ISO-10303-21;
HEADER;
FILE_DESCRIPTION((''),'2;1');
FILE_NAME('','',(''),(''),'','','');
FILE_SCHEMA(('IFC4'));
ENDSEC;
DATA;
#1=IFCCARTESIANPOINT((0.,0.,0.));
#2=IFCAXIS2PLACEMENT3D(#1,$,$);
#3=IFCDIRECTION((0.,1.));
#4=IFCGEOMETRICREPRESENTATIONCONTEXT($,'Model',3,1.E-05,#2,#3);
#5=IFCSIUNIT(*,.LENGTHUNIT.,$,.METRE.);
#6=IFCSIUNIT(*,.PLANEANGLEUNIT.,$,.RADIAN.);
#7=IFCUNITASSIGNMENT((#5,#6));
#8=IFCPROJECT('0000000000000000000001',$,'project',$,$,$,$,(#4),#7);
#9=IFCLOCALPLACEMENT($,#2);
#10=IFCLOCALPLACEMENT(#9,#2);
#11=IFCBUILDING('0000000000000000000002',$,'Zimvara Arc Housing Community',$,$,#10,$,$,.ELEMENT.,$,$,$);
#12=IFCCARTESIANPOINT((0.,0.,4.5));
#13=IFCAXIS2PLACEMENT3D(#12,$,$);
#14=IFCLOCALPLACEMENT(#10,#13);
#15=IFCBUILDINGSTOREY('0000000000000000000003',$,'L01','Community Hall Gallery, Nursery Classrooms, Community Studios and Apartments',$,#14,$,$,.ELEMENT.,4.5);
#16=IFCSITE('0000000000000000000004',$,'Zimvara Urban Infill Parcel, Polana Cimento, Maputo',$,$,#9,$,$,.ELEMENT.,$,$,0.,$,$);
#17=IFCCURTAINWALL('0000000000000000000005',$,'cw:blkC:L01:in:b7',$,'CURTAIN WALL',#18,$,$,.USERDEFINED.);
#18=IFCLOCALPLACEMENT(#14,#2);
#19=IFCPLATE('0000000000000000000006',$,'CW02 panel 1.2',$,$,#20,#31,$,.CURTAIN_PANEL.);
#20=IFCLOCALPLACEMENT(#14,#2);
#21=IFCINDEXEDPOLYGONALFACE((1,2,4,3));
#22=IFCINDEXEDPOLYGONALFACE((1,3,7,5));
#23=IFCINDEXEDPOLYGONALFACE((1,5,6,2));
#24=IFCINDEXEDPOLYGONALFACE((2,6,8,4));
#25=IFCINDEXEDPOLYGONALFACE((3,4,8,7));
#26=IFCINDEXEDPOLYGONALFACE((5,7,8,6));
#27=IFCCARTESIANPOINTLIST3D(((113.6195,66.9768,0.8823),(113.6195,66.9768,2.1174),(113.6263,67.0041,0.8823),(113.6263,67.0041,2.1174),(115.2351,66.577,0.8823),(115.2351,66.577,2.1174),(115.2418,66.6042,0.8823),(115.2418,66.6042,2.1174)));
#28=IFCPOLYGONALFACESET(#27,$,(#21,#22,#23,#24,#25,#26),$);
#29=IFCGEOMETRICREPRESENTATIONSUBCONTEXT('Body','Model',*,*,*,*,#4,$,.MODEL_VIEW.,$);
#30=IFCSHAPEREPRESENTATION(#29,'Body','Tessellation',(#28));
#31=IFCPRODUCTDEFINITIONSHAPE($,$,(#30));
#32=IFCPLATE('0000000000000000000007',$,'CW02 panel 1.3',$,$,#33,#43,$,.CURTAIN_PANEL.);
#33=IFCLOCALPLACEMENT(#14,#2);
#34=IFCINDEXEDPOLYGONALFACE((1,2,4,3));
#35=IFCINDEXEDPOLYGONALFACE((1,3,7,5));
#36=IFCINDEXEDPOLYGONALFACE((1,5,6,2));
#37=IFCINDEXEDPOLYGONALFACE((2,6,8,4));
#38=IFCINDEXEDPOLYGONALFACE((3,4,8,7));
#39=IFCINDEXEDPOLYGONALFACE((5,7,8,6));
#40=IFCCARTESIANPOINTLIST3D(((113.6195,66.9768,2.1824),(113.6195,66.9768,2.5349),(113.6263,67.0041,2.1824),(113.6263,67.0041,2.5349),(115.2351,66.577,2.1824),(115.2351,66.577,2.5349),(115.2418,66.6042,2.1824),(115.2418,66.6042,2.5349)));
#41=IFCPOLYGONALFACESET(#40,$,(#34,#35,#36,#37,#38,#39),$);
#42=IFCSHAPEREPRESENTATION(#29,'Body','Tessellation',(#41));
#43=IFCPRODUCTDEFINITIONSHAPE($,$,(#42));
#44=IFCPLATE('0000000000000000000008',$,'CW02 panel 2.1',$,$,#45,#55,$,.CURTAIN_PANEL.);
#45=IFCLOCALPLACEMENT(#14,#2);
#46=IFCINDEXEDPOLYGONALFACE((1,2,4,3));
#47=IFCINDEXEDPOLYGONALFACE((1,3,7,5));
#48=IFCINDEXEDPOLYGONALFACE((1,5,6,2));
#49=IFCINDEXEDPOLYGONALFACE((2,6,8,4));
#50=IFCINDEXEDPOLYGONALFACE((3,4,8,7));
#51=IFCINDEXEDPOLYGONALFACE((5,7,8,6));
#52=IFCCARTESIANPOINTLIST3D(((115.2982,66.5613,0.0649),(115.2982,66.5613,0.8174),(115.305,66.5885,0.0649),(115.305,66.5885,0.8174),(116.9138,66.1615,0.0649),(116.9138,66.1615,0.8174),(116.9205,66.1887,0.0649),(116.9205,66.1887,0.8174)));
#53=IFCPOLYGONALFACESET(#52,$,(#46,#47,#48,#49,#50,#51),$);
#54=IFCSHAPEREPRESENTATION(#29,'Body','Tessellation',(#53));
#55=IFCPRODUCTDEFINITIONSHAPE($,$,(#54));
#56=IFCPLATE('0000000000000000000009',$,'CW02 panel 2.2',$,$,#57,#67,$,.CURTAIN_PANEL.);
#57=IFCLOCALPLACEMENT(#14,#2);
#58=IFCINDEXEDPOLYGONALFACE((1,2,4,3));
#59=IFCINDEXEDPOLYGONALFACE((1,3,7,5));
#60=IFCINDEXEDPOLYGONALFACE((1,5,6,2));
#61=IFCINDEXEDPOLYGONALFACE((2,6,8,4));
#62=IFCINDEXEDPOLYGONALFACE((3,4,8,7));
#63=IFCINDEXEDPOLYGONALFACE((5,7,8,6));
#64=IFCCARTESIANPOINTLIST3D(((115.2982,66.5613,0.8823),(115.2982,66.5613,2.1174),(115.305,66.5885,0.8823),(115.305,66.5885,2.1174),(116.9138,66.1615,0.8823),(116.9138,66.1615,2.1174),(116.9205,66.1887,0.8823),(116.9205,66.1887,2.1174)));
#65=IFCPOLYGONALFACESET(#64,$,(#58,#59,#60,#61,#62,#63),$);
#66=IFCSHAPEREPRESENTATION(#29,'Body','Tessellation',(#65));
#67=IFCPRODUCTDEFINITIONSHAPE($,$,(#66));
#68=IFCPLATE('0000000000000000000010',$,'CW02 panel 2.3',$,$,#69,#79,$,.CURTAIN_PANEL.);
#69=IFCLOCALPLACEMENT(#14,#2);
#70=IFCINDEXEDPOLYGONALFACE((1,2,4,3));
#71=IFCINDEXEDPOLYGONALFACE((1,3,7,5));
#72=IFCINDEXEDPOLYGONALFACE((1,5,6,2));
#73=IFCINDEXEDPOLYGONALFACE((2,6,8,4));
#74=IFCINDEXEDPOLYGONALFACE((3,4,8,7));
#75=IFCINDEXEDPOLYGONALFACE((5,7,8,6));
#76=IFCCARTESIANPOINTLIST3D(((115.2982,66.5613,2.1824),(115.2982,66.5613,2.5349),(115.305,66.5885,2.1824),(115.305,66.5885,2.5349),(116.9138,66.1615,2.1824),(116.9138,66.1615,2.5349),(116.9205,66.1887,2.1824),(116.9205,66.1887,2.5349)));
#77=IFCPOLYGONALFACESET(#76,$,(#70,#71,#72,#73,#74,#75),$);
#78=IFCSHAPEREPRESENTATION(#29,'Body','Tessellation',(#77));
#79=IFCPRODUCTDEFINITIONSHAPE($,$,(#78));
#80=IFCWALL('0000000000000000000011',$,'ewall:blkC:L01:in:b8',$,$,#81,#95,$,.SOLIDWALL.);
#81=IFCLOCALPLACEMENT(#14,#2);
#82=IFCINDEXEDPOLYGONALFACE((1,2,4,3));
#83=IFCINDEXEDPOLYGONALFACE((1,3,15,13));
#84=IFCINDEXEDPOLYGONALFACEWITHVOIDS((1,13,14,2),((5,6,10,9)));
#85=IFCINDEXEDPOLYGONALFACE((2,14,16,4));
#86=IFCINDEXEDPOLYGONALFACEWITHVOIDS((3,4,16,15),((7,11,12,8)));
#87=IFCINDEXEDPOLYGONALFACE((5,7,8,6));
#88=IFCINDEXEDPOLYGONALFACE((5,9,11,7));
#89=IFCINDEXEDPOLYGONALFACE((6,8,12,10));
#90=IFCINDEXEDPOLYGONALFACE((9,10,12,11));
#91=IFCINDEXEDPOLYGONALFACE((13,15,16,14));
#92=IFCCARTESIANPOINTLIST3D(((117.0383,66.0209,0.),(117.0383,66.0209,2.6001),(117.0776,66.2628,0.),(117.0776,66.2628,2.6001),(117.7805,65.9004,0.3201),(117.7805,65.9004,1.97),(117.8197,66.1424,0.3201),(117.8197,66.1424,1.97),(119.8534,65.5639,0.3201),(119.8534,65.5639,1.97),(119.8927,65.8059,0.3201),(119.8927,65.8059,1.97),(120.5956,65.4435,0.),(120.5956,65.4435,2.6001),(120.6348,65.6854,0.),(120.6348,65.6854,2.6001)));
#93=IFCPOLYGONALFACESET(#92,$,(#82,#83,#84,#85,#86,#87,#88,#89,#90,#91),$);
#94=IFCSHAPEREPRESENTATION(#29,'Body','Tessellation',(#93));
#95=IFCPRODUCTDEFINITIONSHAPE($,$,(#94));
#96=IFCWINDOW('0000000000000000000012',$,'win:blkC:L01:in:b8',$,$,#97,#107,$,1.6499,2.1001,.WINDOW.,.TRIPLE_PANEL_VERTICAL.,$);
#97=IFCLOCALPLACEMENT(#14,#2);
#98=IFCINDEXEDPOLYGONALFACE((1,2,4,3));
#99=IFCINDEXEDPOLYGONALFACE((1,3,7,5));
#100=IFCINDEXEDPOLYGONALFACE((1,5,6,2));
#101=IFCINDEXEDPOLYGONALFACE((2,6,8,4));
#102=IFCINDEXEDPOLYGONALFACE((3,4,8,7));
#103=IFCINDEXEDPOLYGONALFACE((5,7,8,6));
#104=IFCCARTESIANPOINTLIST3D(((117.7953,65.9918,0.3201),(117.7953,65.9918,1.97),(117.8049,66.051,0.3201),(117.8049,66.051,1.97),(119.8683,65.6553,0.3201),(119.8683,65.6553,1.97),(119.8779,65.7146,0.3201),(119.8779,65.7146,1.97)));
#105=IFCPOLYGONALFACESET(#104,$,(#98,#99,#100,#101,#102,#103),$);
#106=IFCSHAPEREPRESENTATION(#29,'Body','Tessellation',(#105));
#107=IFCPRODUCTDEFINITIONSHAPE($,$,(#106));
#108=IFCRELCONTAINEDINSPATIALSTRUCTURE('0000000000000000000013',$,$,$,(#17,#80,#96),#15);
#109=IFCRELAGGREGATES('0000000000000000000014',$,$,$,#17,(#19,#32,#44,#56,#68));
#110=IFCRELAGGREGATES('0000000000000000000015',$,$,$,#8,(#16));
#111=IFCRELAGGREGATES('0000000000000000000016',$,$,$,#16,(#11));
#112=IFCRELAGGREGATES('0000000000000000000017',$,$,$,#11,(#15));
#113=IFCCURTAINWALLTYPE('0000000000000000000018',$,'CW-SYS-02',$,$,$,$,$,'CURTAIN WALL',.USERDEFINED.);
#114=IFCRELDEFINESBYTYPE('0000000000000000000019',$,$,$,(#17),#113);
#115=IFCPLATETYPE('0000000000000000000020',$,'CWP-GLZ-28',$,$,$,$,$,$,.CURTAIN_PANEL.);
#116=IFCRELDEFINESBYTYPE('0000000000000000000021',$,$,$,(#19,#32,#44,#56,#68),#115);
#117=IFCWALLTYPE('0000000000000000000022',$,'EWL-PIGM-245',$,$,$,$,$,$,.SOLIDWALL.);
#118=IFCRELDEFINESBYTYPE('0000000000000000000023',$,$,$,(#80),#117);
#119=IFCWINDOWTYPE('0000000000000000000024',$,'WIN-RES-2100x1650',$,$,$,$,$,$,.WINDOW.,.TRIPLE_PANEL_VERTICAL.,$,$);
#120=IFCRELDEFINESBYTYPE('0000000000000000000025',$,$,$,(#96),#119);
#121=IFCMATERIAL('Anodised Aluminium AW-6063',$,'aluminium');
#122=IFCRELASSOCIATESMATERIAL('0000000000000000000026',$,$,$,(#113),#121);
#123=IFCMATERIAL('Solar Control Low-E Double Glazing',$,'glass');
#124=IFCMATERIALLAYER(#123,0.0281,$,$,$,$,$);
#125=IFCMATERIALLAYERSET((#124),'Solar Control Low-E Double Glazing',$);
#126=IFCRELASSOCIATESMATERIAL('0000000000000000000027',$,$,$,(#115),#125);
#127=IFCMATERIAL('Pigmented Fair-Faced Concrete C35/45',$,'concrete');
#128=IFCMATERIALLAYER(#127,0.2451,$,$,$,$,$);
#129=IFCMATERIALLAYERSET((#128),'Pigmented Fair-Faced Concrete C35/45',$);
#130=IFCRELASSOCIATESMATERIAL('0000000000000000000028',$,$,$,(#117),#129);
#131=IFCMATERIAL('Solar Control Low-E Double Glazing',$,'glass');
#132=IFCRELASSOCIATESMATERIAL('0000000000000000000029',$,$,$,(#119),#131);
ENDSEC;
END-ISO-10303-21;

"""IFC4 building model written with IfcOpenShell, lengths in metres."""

from ifc_helpers import new_model, si_unit, direction, frame, frame_2d, origin, origin_2d, place, context, subcontext, project, spatial, rectangle, extrude, material, layer, layer_set, type_object, element, fill, aggregate, save


model = new_model("IFC4")

# Units and contexts
model_context = context("Model", 3, precision=1e-05, world=origin(), true_north=direction((0.0, 1.0)))
body_context = subcontext(model_context, "Body", "Model", "MODEL_VIEW")
ifc_project = project(units=[si_unit("LENGTHUNIT", "METRE"), si_unit("PLANEANGLEUNIT", "RADIAN")], contexts=[model_context])

# Site, building, storey
site_placement = place(None, origin())
site = spatial("IfcSite", under=ifc_project, at=site_placement, Name="Zimvara Urban Infill Parcel, Polana Cimento, Maputo", CompositionType="ELEMENT", RefElevation=0.0)
building_placement = place(site_placement, origin())
building = spatial("IfcBuilding", under=site, at=building_placement, Name="Zimvara Arc Housing Community", CompositionType="ELEMENT")
storey_placement = place(building_placement, frame((0.0, 0.0, 4.5)))
storey = spatial("IfcBuildingStorey", under=building, at=storey_placement, Name="L01", Description="Community Hall Gallery, Nursery Classrooms, Community Studios and Apartments", CompositionType="ELEMENT", Elevation=4.5)

# Curtain wall, plates
ifc_material_1 = material(Name="Anodised Aluminium AW-6063", Category="aluminium")
curtain_wall_type = type_object("IfcCurtainWallType", Name="CW-SYS-02", ElementType="CURTAIN WALL", PredefinedType="USERDEFINED", material=ifc_material_1)
curtain_wall_placement = place(storey_placement, origin())
curtain_wall = element("IfcCurtainWall", 1, at=curtain_wall_placement, inside=storey, type_object=curtain_wall_type, Name="cw:blkC:L01:in:b7", ObjectType="CURTAIN WALL", PredefinedType="USERDEFINED")
ifc_material_2 = material(Name="Solar Control Low-E Double Glazing", Category="glass")
ifc_layer_1 = layer(ifc_material_2, 0.0281)
ifc_layer_set_1 = layer_set([ifc_layer_1], Name="Solar Control Low-E Double Glazing")
plate_type = type_object("IfcPlateType", Name="CWP-GLZ-28", PredefinedType="CURTAIN_PANEL", material=ifc_layer_set_1)
plate_1_placement = place(storey_placement, frame((114.4307, 66.7905, 0.8823), z_axis=(0.0, 0.0, 1.0), x_axis=(0.970717, -0.240228, 0.0)))
plate_1 = element("IfcPlate", 2, at=plate_1_placement, type_object=plate_type, Name="CW02 panel 1.2", PredefinedType="CURTAIN_PANEL", context=body_context, shape_type="SweptSolid", body=[
    extrude(rectangle(XDim=1.6643, YDim=0.0281, at=origin_2d()), origin(), (0.0, 0.0, 1.0), 1.2351),
])
plate_2_placement = place(storey_placement, frame((114.4307, 66.7905, 2.1824), z_axis=(0.0, 0.0, 1.0), x_axis=(0.970717, -0.240228, 0.0)))
plate_2 = element("IfcPlate", 3, at=plate_2_placement, type_object=plate_type, Name="CW02 panel 1.3", PredefinedType="CURTAIN_PANEL", context=body_context, shape_type="SweptSolid", body=[
    extrude(rectangle(XDim=1.6643, YDim=0.0281, at=origin_2d()), origin(), (0.0, 0.0, 1.0), 0.3525),
])
plate_3_placement = place(storey_placement, frame((116.1094, 66.375, 0.0649), z_axis=(0.0, 0.0, 1.0), x_axis=(0.970717, -0.240228, 0.0)))
plate_3 = element("IfcPlate", 4, at=plate_3_placement, type_object=plate_type, Name="CW02 panel 2.1", PredefinedType="CURTAIN_PANEL", context=body_context, shape_type="SweptSolid", body=[
    extrude(rectangle(XDim=1.6643, YDim=0.0281, at=origin_2d()), origin(), (0.0, 0.0, 1.0), 0.7524),
])
plate_4_placement = place(storey_placement, frame((116.1094, 66.375, 0.8823), z_axis=(0.0, 0.0, 1.0), x_axis=(0.970717, -0.240228, 0.0)))
plate_4 = element("IfcPlate", 5, at=plate_4_placement, type_object=plate_type, Name="CW02 panel 2.2", PredefinedType="CURTAIN_PANEL", context=body_context, shape_type="SweptSolid", body=[
    extrude(rectangle(XDim=1.6643, YDim=0.0281, at=origin_2d()), origin(), (0.0, 0.0, 1.0), 1.2351),
])
plate_5_placement = place(storey_placement, frame((116.1094, 66.375, 2.1824), z_axis=(0.0, 0.0, 1.0), x_axis=(0.970717, -0.240228, 0.0)))
plate_5 = element("IfcPlate", 6, at=plate_5_placement, type_object=plate_type, Name="CW02 panel 2.3", PredefinedType="CURTAIN_PANEL", context=body_context, shape_type="SweptSolid", body=[
    extrude(rectangle(XDim=1.6643, YDim=0.0281, at=origin_2d()), origin(), (0.0, 0.0, 1.0), 0.3525),
])
aggregate(curtain_wall, [plate_1, plate_2, plate_3, plate_4, plate_5])

# Wall, opening, window
ifc_material_3 = material(Name="Pigmented Fair-Faced Concrete C35/45", Category="concrete")
ifc_layer_2 = layer(ifc_material_3, 0.2451)
ifc_layer_set_2 = layer_set([ifc_layer_2], Name="Pigmented Fair-Faced Concrete C35/45")
wall_type_1 = type_object("IfcWallType", Name="EWL-PIGM-245", PredefinedType="SOLIDWALL", material=ifc_layer_set_2)
wall_1_placement = place(storey_placement, frame((117.0581, 66.1418, 0.0), z_axis=(0.0, 0.0, 1.0), x_axis=(0.987081, -0.160223, 0.0)))
wall_1 = element("IfcWall", 7, at=wall_1_placement, inside=storey, type_object=wall_type_1, Name="ewall:blkC:L01:in:b8", PredefinedType="SOLIDWALL", context=body_context, shape_type="SweptSolid", body=[
    extrude(rectangle(XDim=3.6038, YDim=0.2451, at=frame_2d((1.8018, 0.0))), origin(), (0.0, 0.0, 1.0), 2.6001),
])
opening_1_placement = place(wall_1_placement, frame((0.7517, 0.0, 0.3201)))
opening_1 = element("IfcOpeningElement", 8, at=opening_1_placement, cuts=wall_1, PredefinedType="OPENING", context=body_context, shape_type="SweptSolid", body=[
    extrude(rectangle(XDim=2.1001, YDim=1.6499, at=frame_2d((1.05, 0.825))), frame((0.0, 0.1326, 0.0), z_axis=(0.0, -1.0, 0.0), x_axis=(1.0, 0.0, 0.0)), (0.0, 0.0, 1.0), 0.2651),
])
ifc_material_4 = material(Name="Solar Control Low-E Double Glazing", Category="glass")
window_type = type_object("IfcWindowType", Name="WIN-RES-2100x1650", PartitioningType="TRIPLE_PANEL_VERTICAL", PredefinedType="WINDOW", material=ifc_material_4)
window_placement = place(opening_1_placement, origin())
window = element("IfcWindow", 9, at=window_placement, inside=storey, type_object=window_type, Name="win:blkC:L01:in:b8", OverallHeight=1.6499, OverallWidth=2.1001, PartitioningType="TRIPLE_PANEL_VERTICAL", PredefinedType="WINDOW", context=body_context, shape_type="SweptSolid", body=[
    extrude(rectangle(XDim=2.1001, YDim=1.6499, at=frame_2d((1.05, 0.825))), frame((0.0, 0.03, 0.0), z_axis=(0.0, -1.0, 0.0), x_axis=(1.0, 0.0, 0.0)), (0.0, 0.0, 1.0), 0.0601),
])
fill(opening_1, window)

save(model, "model.ifc")
